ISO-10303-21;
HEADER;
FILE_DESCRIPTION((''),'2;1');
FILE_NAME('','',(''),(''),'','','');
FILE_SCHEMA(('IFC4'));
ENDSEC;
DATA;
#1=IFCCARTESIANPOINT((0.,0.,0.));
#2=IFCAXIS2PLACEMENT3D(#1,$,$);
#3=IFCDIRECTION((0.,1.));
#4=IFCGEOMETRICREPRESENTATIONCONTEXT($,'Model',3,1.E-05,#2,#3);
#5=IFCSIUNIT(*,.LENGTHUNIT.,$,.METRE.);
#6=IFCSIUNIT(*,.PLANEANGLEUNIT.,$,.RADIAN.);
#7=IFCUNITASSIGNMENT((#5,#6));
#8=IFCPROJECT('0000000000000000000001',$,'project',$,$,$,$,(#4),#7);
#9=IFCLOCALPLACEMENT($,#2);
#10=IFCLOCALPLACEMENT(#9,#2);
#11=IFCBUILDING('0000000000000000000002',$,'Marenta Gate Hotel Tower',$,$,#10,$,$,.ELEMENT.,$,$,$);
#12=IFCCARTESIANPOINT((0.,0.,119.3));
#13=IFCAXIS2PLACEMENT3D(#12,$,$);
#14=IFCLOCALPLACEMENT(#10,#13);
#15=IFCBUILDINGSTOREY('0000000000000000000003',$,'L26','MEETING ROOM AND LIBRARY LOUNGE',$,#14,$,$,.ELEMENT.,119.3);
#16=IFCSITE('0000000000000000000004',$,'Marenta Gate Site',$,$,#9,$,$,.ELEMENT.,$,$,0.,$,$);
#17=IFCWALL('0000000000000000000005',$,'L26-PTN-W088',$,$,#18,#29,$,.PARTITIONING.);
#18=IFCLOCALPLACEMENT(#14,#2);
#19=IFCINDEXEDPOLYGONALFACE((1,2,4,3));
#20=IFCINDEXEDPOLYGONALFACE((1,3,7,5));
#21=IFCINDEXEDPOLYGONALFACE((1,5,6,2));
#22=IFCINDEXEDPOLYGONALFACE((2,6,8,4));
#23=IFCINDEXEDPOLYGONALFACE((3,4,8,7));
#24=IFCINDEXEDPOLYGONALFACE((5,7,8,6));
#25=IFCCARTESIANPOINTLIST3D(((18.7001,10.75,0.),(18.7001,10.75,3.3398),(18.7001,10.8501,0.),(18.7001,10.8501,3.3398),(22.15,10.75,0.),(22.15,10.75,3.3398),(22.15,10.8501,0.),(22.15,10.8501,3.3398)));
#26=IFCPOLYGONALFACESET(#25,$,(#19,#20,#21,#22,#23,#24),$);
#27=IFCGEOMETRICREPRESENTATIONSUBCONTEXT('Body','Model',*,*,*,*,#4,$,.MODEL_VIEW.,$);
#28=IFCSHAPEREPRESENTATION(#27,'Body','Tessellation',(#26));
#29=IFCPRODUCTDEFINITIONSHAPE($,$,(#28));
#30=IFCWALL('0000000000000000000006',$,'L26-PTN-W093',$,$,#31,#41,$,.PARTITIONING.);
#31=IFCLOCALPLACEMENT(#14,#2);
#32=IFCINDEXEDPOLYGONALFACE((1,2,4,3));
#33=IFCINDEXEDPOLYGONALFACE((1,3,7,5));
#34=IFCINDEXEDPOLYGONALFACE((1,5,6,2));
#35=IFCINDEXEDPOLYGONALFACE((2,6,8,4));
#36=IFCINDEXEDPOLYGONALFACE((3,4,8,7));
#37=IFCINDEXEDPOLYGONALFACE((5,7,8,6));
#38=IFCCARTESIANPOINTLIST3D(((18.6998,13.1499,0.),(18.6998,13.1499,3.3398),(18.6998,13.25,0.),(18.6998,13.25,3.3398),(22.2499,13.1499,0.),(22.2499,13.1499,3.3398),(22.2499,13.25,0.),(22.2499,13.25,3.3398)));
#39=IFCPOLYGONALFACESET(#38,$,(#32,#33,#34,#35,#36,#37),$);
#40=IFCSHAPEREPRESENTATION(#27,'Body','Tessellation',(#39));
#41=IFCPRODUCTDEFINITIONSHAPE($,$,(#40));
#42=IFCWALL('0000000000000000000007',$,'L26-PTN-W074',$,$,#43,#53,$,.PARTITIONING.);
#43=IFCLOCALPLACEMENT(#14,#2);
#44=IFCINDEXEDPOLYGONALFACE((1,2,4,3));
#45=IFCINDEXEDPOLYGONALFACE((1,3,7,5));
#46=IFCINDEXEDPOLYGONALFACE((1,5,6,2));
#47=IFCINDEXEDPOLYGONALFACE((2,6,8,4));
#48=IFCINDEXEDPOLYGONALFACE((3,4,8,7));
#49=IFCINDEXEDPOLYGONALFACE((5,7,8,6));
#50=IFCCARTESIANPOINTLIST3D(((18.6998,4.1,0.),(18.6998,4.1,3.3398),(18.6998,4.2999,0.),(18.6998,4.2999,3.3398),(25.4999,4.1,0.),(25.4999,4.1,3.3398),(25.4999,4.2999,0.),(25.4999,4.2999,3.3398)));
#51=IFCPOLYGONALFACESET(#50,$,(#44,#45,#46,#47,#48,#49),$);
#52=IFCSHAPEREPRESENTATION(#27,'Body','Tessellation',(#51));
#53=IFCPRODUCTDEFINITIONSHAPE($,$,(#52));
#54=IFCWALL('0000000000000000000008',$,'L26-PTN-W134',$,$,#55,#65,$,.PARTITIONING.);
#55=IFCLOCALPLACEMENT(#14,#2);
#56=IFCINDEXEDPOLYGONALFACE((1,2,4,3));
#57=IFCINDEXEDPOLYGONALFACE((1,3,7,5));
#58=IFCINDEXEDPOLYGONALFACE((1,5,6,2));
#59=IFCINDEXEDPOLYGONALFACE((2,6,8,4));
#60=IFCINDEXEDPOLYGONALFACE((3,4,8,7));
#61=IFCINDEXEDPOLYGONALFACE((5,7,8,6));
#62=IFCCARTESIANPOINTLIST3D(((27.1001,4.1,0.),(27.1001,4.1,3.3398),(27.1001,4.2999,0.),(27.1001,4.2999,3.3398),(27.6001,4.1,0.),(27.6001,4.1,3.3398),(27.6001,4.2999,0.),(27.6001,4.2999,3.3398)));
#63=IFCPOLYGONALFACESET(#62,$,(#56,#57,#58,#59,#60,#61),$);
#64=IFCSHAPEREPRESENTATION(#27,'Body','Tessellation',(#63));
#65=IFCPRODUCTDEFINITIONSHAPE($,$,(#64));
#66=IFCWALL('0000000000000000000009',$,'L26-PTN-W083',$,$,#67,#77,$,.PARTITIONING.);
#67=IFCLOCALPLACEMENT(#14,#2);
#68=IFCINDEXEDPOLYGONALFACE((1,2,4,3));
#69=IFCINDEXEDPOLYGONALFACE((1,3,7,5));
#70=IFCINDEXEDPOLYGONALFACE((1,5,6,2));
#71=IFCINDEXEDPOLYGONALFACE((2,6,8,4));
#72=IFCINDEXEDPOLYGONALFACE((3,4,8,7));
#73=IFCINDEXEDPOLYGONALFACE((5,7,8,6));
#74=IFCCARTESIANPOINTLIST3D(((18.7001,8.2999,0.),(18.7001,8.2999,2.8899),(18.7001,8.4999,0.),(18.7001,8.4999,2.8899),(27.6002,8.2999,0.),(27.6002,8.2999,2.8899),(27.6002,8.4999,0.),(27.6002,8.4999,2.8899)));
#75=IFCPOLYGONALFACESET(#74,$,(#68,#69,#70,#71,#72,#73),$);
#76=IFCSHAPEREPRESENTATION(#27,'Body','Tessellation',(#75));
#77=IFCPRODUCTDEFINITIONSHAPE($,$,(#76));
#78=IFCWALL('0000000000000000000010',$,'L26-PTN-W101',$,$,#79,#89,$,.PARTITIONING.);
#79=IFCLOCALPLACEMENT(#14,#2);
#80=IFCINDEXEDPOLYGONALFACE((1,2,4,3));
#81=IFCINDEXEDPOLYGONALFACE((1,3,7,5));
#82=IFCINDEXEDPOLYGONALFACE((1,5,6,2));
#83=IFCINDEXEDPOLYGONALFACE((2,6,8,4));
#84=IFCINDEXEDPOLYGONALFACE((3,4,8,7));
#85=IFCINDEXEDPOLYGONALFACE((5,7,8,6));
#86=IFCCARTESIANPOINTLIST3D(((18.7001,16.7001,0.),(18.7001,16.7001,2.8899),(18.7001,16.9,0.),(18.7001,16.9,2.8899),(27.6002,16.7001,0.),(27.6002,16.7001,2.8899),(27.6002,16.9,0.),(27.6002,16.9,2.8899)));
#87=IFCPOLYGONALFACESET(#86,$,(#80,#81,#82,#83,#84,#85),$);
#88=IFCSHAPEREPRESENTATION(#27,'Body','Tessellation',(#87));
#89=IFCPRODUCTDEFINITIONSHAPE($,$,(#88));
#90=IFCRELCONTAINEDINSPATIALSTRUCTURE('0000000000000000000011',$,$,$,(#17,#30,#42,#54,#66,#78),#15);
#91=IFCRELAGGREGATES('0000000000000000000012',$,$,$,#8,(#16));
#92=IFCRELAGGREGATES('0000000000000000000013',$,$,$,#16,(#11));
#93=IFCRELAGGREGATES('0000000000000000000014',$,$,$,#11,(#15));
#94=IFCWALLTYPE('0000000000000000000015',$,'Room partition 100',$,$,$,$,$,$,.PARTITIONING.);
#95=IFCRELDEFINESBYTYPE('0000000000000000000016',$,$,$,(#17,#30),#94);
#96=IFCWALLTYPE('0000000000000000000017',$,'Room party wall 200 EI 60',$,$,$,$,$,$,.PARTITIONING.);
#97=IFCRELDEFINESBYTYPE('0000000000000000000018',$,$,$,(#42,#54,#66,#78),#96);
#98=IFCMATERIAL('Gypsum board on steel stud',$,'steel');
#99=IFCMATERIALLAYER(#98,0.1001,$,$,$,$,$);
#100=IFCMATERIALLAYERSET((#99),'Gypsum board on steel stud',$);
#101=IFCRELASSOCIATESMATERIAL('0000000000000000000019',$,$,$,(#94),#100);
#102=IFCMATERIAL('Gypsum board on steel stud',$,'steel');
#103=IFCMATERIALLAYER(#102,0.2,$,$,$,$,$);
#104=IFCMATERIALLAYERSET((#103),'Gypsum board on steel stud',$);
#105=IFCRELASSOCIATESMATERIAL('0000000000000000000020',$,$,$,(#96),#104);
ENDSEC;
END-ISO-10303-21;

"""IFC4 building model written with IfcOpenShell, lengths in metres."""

from ifc_helpers import new_model, si_unit, direction, frame, frame_2d, origin, place, context, subcontext, project, spatial, rectangle, extrude, material, layer, layer_set, type_object, element, save


model = new_model("IFC4")

# Units and contexts
model_context = context("Model", 3, precision=1e-05, world=origin(), true_north=direction((0.0, 1.0)))
body_context = subcontext(model_context, "Body", "Model", "MODEL_VIEW")
ifc_project = project(units=[si_unit("LENGTHUNIT", "METRE"), si_unit("PLANEANGLEUNIT", "RADIAN")], contexts=[model_context])

# Site, building, storey
site_placement = place(None, origin())
site = spatial("IfcSite", under=ifc_project, at=site_placement, Name="Marenta Gate Site", CompositionType="ELEMENT", RefElevation=0.0)
building_placement = place(site_placement, origin())
building = spatial("IfcBuilding", under=site, at=building_placement, Name="Marenta Gate Hotel Tower", CompositionType="ELEMENT")
storey_placement = place(building_placement, frame((0.0, 0.0, 119.3)))
storey = spatial("IfcBuildingStorey", under=building, at=storey_placement, Name="L26", Description="MEETING ROOM AND LIBRARY LOUNGE", CompositionType="ELEMENT", Elevation=119.3)

# Shared definitions
ifc_material_1 = material(Name="Gypsum board on steel stud", Category="steel")
ifc_layer_1 = layer(ifc_material_1, 0.1001)
ifc_layer_set_1 = layer_set([ifc_layer_1], Name="Gypsum board on steel stud")
wall_type_1 = type_object("IfcWallType", Name="Room partition 100", PredefinedType="PARTITIONING", material=ifc_layer_set_1)

# Walls
wall_1_placement = place(storey_placement, frame((18.7, 10.8, 0.0), z_axis=(0.0, 0.0, 1.0), x_axis=(1.0, 0.0, 0.0)))
element("IfcWall", 1, at=wall_1_placement, inside=storey, type_object=wall_type_1, Name="L26-PTN-W088", PredefinedType="PARTITIONING", context=body_context, shape_type="SweptSolid", body=[
    extrude(rectangle(XDim=3.45, YDim=0.1001, at=frame_2d((1.7251, 0.0))), origin(), (0.0, 0.0, 1.0), 3.3398),
])
wall_2_placement = place(storey_placement, frame((18.7, 13.2, 0.0), z_axis=(0.0, 0.0, 1.0), x_axis=(1.0, 0.0, 0.0)))
element("IfcWall", 2, at=wall_2_placement, inside=storey, type_object=wall_type_1, Name="L26-PTN-W093", PredefinedType="PARTITIONING", context=body_context, shape_type="SweptSolid", body=[
    extrude(rectangle(XDim=3.55, YDim=0.1001, at=frame_2d((1.7749, 0.0))), origin(), (0.0, 0.0, 1.0), 3.3398),
])
ifc_material_2 = material(Name="Gypsum board on steel stud", Category="steel")
ifc_layer_2 = layer(ifc_material_2, 0.2)
ifc_layer_set_2 = layer_set([ifc_layer_2], Name="Gypsum board on steel stud")
wall_type_2 = type_object("IfcWallType", Name="Room party wall 200 EI 60", PredefinedType="PARTITIONING", material=ifc_layer_set_2)
wall_3_placement = place(storey_placement, frame((18.7, 4.2, 0.0), z_axis=(0.0, 0.0, 1.0), x_axis=(1.0, 0.0, 0.0)))
element("IfcWall", 3, at=wall_3_placement, inside=storey, type_object=wall_type_2, Name="L26-PTN-W074", PredefinedType="PARTITIONING", context=body_context, shape_type="SweptSolid", body=[
    extrude(rectangle(XDim=6.8, YDim=0.2, at=frame_2d((3.3999, 0.0))), origin(), (0.0, 0.0, 1.0), 3.3398),
])
wall_4_placement = place(storey_placement, frame((27.1001, 4.2, 0.0), z_axis=(0.0, 0.0, 1.0), x_axis=(1.0, 0.0, 0.0)))
element("IfcWall", 4, at=wall_4_placement, inside=storey, type_object=wall_type_2, Name="L26-PTN-W134", PredefinedType="PARTITIONING", context=body_context, shape_type="SweptSolid", body=[
    extrude(rectangle(XDim=0.5, YDim=0.2, at=frame_2d((0.25, 0.0))), origin(), (0.0, 0.0, 1.0), 3.3398),
])
for number, where, z_axis, x_axis, name in (
    (5, (18.7, 8.3999, 0.0), (0.0, 0.0, 1.0), (1.0, 0.0, 0.0), "L26-PTN-W083"),
    (6, (18.7, 16.8, 0.0), (0.0, 0.0, 1.0), (1.0, 0.0, 0.0), "L26-PTN-W101"),
):
    element("IfcWall", number, at=place(storey_placement, frame(where, z_axis=z_axis, x_axis=x_axis)), inside=storey, type_object=wall_type_2, Name=name, PredefinedType="PARTITIONING", context=body_context, shape_type="SweptSolid", body=[
        extrude(rectangle(XDim=8.9001, YDim=0.2, at=frame_2d((4.4502, 0.0))), origin(), (0.0, 0.0, 1.0), 2.8899),
    ])

save(model, "model.ifc")
